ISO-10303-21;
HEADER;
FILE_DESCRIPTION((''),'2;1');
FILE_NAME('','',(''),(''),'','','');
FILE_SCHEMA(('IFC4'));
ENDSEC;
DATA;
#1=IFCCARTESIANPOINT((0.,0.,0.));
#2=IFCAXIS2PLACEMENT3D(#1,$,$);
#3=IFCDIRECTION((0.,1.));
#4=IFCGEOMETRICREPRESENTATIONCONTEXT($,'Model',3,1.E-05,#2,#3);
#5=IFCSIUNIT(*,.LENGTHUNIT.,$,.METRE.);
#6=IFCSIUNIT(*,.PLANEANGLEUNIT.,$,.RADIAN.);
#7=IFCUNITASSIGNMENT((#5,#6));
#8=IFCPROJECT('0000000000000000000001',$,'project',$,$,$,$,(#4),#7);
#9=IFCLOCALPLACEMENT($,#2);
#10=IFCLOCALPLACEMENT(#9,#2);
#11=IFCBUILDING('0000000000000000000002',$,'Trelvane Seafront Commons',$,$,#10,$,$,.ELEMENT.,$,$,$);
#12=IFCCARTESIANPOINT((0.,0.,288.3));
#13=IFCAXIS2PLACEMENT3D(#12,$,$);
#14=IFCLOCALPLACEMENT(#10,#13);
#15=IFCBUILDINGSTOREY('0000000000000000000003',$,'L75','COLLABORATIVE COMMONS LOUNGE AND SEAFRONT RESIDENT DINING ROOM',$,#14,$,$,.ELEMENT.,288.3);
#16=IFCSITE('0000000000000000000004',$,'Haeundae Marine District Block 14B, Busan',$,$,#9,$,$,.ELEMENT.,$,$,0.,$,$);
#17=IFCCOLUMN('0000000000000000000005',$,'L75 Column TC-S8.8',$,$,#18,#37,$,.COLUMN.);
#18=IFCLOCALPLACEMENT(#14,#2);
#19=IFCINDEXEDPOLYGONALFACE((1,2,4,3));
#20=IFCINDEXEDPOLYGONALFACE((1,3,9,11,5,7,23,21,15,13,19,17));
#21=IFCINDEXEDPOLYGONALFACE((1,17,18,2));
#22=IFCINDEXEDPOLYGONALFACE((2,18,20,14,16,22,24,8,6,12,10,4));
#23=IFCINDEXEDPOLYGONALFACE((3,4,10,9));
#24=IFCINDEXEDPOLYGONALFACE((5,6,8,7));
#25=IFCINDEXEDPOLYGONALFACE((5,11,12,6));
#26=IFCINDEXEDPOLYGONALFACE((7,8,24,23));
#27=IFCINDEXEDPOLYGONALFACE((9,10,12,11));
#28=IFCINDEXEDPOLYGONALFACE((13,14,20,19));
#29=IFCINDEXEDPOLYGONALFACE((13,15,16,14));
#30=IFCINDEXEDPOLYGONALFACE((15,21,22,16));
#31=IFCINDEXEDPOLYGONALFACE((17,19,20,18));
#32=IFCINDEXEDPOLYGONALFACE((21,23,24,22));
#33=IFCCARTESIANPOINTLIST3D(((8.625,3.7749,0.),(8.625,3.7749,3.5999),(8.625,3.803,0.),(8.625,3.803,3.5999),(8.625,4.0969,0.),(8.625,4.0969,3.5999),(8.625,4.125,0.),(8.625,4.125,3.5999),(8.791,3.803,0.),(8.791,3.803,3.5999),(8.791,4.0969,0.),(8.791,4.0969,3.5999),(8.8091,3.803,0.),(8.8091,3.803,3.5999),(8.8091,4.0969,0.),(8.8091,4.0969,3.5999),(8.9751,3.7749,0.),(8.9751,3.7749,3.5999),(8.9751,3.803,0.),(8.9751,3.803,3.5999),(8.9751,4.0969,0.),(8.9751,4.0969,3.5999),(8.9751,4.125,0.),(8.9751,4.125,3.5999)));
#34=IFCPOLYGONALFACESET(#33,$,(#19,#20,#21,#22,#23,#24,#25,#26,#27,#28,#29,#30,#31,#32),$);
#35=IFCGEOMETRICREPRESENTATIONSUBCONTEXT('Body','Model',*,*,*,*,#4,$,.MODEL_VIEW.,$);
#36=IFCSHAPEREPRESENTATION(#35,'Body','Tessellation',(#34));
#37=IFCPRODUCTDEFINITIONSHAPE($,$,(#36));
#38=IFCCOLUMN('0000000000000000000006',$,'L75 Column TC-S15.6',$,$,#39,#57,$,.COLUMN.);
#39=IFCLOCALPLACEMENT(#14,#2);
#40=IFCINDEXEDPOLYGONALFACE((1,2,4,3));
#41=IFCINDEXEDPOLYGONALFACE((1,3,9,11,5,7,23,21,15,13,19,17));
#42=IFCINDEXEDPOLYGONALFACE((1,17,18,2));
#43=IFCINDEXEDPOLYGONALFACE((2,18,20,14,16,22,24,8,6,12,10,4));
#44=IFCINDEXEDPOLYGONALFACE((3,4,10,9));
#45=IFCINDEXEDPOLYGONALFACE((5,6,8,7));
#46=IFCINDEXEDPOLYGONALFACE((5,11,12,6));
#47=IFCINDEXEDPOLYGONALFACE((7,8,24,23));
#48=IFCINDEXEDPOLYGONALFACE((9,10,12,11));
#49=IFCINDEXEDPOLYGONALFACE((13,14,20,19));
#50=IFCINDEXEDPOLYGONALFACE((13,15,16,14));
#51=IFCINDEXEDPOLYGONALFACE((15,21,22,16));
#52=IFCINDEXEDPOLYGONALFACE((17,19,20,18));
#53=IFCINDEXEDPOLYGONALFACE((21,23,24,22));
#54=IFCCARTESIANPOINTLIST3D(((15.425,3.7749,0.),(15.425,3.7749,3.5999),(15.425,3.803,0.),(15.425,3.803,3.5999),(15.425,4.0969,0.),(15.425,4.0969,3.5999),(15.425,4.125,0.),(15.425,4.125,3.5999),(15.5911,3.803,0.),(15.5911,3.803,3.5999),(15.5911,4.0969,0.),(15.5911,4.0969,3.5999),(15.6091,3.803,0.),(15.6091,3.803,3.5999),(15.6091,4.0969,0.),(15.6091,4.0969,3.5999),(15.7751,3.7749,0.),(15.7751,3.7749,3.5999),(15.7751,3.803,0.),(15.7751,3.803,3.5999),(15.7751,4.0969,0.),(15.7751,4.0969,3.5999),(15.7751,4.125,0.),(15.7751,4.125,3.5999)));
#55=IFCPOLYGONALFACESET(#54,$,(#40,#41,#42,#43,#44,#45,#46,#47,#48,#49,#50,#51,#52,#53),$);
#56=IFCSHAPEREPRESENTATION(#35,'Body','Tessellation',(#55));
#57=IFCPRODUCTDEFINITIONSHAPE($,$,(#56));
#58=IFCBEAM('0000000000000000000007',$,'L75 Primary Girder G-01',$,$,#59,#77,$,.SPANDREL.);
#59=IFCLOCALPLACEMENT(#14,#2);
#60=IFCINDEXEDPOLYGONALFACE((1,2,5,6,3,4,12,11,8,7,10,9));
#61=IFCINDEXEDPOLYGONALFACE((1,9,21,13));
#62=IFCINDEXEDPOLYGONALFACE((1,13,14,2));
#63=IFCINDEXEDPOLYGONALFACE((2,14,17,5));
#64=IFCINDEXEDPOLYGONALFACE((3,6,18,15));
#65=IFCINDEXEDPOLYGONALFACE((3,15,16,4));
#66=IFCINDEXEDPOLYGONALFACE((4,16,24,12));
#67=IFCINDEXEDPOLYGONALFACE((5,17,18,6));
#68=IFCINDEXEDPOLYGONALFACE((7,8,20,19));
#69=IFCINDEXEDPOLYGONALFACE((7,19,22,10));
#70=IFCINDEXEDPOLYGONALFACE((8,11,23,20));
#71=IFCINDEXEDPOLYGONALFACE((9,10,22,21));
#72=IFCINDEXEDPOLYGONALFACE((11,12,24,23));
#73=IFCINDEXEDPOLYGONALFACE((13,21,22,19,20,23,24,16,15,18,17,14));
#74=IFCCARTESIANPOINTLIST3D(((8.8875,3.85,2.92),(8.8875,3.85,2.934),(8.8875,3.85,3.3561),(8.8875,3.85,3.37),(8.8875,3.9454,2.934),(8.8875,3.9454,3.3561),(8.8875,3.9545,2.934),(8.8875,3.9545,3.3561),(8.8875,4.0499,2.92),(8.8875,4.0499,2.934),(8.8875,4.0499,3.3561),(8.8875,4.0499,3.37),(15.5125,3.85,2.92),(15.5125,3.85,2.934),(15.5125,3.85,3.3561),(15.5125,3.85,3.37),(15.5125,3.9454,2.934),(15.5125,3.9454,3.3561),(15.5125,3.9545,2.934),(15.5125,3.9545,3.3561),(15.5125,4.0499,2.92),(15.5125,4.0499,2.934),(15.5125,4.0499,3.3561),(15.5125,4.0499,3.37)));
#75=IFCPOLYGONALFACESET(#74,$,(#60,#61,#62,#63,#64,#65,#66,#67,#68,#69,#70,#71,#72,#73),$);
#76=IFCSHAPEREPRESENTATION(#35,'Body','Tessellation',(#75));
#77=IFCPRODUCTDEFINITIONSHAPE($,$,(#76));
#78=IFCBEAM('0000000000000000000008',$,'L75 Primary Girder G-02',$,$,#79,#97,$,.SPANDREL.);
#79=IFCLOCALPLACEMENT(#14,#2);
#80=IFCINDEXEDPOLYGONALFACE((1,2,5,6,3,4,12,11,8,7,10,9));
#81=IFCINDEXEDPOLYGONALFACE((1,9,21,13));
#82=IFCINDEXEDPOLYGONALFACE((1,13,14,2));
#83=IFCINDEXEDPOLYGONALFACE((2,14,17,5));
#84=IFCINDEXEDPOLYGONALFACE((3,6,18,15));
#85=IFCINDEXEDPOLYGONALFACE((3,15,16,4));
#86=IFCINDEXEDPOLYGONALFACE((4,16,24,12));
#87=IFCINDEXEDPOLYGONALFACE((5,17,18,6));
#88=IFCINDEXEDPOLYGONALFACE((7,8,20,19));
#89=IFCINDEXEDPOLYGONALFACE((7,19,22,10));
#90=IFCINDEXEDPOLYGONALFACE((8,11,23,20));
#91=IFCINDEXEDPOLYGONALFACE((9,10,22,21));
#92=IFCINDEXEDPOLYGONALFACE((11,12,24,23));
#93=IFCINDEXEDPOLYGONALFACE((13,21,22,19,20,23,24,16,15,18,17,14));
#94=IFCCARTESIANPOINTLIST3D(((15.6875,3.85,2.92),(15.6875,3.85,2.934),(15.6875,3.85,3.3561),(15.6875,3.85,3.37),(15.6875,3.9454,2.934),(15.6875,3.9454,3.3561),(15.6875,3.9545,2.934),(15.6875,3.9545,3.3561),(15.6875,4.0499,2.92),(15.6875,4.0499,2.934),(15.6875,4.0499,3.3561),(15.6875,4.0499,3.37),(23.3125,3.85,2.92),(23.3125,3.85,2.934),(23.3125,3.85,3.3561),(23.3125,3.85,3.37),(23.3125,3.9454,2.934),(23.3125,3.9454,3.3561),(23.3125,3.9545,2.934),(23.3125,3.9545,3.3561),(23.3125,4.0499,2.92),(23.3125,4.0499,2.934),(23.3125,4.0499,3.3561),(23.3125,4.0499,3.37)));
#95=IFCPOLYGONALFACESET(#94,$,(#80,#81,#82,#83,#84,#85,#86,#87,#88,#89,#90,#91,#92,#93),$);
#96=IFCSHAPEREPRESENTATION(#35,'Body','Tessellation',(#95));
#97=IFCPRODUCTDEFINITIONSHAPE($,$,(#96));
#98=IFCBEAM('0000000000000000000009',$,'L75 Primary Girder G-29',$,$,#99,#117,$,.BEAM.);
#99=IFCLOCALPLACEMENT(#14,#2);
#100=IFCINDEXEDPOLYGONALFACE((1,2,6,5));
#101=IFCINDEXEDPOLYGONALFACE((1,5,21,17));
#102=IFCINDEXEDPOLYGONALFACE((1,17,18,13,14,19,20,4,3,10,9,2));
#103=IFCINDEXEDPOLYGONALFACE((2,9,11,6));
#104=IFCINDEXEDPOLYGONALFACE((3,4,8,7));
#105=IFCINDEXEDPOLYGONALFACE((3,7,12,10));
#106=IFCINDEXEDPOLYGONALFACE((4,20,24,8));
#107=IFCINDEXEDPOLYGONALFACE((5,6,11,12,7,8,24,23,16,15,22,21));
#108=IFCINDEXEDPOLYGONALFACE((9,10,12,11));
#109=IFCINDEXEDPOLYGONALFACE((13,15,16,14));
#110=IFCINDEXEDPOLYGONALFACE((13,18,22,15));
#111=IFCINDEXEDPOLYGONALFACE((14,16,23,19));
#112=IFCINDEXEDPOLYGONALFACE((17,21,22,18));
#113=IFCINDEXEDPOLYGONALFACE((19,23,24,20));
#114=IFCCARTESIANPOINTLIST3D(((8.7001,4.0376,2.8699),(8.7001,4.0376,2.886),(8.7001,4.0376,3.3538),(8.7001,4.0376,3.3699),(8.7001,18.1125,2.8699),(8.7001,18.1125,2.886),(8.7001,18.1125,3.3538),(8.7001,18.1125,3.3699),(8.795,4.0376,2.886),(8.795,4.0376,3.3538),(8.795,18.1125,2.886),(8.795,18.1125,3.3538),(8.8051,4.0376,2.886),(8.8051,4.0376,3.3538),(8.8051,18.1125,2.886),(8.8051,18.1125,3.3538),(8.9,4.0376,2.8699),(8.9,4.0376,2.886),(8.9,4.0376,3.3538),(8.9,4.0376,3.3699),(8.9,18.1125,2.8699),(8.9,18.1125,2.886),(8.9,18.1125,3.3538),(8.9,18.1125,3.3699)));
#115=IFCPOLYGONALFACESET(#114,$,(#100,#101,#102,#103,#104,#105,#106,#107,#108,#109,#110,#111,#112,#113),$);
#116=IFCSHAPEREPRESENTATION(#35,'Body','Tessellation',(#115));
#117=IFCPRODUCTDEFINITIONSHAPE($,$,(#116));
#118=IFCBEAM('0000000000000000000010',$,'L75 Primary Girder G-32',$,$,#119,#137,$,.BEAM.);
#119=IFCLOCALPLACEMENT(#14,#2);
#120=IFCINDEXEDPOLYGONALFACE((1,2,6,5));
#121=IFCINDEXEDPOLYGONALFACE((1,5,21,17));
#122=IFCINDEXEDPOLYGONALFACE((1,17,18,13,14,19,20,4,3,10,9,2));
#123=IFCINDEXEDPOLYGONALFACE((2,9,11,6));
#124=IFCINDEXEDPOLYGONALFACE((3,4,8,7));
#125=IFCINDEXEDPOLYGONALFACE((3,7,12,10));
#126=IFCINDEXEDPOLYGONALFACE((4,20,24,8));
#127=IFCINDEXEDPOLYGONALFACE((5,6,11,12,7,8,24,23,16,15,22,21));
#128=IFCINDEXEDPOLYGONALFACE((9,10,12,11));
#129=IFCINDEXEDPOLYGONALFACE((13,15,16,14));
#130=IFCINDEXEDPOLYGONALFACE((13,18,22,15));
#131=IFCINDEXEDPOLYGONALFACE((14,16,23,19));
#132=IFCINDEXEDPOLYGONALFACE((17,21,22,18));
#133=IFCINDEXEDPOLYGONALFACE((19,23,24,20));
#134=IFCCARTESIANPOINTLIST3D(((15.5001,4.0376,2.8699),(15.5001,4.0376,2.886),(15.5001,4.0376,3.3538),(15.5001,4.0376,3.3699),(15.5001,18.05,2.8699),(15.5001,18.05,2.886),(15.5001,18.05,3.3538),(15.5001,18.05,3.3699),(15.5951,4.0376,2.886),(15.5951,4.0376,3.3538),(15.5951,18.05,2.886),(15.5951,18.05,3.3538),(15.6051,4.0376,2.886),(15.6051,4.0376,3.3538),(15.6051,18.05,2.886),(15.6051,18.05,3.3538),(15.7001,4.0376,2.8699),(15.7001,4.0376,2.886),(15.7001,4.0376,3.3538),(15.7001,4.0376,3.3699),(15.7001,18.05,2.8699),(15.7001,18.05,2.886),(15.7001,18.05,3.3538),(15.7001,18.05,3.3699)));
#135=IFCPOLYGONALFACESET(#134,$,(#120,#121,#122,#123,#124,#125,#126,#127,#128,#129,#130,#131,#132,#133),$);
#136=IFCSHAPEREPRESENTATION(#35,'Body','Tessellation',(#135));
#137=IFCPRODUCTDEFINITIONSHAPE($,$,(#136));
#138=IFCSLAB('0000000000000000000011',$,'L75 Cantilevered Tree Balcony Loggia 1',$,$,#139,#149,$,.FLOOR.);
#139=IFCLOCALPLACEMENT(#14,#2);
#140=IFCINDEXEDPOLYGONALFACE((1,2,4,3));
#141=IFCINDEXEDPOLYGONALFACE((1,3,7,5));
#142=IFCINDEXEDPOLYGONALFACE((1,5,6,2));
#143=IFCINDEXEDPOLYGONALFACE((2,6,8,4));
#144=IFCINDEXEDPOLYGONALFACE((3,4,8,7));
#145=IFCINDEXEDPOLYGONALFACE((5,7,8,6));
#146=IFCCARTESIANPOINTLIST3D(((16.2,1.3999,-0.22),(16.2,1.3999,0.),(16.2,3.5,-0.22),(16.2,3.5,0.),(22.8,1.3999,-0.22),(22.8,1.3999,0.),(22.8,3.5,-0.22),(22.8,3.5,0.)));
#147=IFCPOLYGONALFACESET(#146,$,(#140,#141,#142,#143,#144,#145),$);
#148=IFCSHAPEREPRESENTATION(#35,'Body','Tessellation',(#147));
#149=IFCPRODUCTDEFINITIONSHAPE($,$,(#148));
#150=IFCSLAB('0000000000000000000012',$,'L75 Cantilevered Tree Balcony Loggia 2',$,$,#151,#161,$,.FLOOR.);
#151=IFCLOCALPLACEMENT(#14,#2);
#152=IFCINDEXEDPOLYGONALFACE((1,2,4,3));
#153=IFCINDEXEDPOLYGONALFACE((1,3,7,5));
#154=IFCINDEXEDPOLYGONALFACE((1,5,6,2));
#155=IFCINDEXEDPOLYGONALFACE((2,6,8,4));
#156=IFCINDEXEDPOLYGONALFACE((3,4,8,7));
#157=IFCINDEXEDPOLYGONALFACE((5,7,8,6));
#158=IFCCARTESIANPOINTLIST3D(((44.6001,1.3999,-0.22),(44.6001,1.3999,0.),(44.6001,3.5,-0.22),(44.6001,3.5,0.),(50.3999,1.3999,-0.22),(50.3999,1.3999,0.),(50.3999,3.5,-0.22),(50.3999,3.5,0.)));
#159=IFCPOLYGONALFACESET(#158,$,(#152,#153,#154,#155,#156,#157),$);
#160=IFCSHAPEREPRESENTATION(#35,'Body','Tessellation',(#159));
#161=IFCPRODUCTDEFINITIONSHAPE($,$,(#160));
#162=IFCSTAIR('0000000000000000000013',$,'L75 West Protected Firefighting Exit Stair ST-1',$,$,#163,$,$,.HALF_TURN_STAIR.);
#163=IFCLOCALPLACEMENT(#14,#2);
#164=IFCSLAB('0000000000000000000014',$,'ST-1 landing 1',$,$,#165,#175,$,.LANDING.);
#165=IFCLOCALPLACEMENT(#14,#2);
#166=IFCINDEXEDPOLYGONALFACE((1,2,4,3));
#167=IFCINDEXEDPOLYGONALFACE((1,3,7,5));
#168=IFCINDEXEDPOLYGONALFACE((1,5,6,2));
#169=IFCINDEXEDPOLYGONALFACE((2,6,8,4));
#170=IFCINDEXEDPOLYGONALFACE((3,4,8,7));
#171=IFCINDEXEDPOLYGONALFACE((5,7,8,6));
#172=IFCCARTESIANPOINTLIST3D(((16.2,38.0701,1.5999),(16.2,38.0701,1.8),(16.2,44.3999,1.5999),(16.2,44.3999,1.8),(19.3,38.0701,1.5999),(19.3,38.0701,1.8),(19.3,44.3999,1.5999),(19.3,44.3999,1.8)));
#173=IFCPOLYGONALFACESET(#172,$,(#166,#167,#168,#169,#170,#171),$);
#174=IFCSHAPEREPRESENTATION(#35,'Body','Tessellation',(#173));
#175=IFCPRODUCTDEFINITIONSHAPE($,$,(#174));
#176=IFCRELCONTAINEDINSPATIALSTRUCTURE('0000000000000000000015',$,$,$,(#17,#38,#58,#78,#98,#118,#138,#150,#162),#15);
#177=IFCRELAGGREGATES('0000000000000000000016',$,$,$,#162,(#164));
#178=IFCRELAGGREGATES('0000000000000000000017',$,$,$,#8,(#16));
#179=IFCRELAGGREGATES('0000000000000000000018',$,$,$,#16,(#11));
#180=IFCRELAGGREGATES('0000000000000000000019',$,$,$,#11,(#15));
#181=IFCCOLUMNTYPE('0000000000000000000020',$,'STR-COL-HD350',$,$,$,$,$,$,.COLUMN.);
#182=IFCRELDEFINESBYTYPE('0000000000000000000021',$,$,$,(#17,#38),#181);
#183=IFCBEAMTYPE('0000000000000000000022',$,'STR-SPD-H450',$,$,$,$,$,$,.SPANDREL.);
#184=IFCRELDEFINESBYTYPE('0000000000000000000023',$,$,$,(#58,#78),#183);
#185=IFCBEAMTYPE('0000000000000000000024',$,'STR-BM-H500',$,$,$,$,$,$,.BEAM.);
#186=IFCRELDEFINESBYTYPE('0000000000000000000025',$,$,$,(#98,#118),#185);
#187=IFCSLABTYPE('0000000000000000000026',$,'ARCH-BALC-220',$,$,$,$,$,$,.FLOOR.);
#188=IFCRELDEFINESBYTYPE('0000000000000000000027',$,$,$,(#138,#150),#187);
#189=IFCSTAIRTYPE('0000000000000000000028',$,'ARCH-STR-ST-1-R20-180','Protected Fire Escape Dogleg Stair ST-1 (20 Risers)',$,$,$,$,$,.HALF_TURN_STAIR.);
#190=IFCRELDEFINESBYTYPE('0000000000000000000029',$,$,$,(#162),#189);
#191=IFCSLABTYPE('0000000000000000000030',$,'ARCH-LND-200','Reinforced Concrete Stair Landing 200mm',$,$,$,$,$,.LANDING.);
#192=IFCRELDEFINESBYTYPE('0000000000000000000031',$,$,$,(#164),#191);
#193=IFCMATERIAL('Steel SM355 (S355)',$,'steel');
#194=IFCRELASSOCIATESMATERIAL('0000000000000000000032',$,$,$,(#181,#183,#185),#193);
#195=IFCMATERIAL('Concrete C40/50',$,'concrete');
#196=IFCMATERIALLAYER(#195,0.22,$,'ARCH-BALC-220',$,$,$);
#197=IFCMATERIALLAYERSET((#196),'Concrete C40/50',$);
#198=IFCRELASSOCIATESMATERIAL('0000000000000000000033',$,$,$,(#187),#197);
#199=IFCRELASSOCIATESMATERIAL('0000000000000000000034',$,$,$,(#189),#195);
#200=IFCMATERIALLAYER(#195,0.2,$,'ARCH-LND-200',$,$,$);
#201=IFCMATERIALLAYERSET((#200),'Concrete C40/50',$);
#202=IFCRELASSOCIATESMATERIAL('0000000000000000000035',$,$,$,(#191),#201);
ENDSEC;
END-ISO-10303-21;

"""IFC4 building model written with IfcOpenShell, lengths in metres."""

from ifc_helpers import new_model, si_unit, direction, frame, origin, origin_2d, place, context, subcontext, project, spatial, polyline, i_section, outline, extrude, source, transform, mapped, material, layer, layer_set, material_profile, profile_set, type_object, element, aggregate, save


model = new_model("IFC4")

# Units and contexts
model_context = context("Model", 3, precision=1e-05, world=origin(), true_north=direction((0.0, 1.0)))
body_context = subcontext(model_context, "Body", "Model", "MODEL_VIEW")
ifc_project = project(units=[si_unit("LENGTHUNIT", "METRE"), si_unit("PLANEANGLEUNIT", "RADIAN")], contexts=[model_context])

# Site, building, storey
site_placement = place(None, origin())
site = spatial("IfcSite", under=ifc_project, at=site_placement, Name="Haeundae Marine District Block 14B, Busan", CompositionType="ELEMENT", RefElevation=0.0)
building_placement = place(site_placement, origin())
building = spatial("IfcBuilding", under=site, at=building_placement, Name="Trelvane Seafront Commons", CompositionType="ELEMENT")
storey_placement = place(building_placement, frame((0.0, 0.0, 288.3)))
storey = spatial("IfcBuildingStorey", under=building, at=storey_placement, Name="L75", Description="COLLABORATIVE COMMONS LOUNGE AND SEAFRONT RESIDENT DINING ROOM", CompositionType="ELEMENT", Elevation=288.3)

# Columns
ifc_material_1 = material(Name="Steel SM355 (S355)", Category="steel")
ifc_material_profile_1 = material_profile(ifc_material_1, i_section(OverallWidth=0.3501, OverallDepth=0.3501, WebThickness=0.0181, FlangeThickness=0.0281, at=origin_2d()), Name="HD-350x350x18x28")
ifc_profile_set_1 = profile_set([ifc_material_profile_1], Name="Steel SM355 (S355)")
column_type = type_object("IfcColumnType", Name="STR-COL-HD350", PredefinedType="COLUMN", material=ifc_profile_set_1)
shared_shape_1 = source(origin(), body_context, "Body", "SweptSolid", [
    extrude(i_section(OverallWidth=0.3501, OverallDepth=0.3501, WebThickness=0.0181, FlangeThickness=0.0281, at=origin_2d()), origin(), (0.0, 0.0, 1.0), 3.5999),
])
for number, where, z_axis, x_axis, name in (
    (1, (8.8, 3.95, 0.0), (0.0, 0.0, 1.0), (1.0, 0.0, 0.0), "L75 Column TC-S8.8"),
    (2, (15.6001, 3.95, 0.0), (0.0, 0.0, 1.0), (1.0, 0.0, 0.0), "L75 Column TC-S15.6"),
):
    element("IfcColumn", number, at=place(storey_placement, frame(where, z_axis=z_axis, x_axis=x_axis)), inside=storey, type_object=column_type, Name=name, PredefinedType="COLUMN", context=body_context, shape_type="MappedRepresentation", body=[
        mapped(shared_shape_1, transform((0.0, 0.0, 0.0), x_axis=(1.0, 0.0, 0.0), y_axis=(0.0, 1.0, 0.0), z_axis=(0.0, 0.0, 1.0), scale=1.0)),
    ])

# Beams
ifc_material_profile_2 = material_profile(ifc_material_1, i_section(OverallWidth=0.2, OverallDepth=0.45, WebThickness=0.009, FlangeThickness=0.0139, at=origin_2d()), Name="H-450x200x9x14")
ifc_profile_set_2 = profile_set([ifc_material_profile_2], Name="Steel SM355 (S355)")
beam_type_1 = type_object("IfcBeamType", Name="STR-SPD-H450", PredefinedType="SPANDREL", material=ifc_profile_set_2)
shared_shape_2 = source(origin(), body_context, "Body", "SweptSolid", [
    extrude(i_section(OverallWidth=0.2, OverallDepth=0.45, WebThickness=0.009, FlangeThickness=0.0139, at=origin_2d()), origin(), (0.0, 0.0, 1.0), 6.625),
])
beam_1_placement = place(storey_placement, frame((8.8875, 3.95, 3.145), z_axis=(1.0, 0.0, 0.0), x_axis=(0.0, 1.0, 0.0)))
element("IfcBeam", 3, at=beam_1_placement, inside=storey, type_object=beam_type_1, Name="L75 Primary Girder G-01", PredefinedType="SPANDREL", context=body_context, shape_type="MappedRepresentation", body=[
    mapped(shared_shape_2, transform((0.0, 0.0, 0.0), x_axis=(1.0, 0.0, 0.0), y_axis=(0.0, 1.0, 0.0), z_axis=(0.0, 0.0, 1.0), scale=1.0)),
])
shared_shape_3 = source(origin(), body_context, "Body", "SweptSolid", [
    extrude(i_section(OverallWidth=0.2, OverallDepth=0.45, WebThickness=0.009, FlangeThickness=0.0139, at=origin_2d()), origin(), (0.0, 0.0, 1.0), 7.625),
])
beam_2_placement = place(storey_placement, frame((15.6875, 3.95, 3.145), z_axis=(1.0, 0.0, 0.0), x_axis=(0.0, 1.0, 0.0)))
element("IfcBeam", 4, at=beam_2_placement, inside=storey, type_object=beam_type_1, Name="L75 Primary Girder G-02", PredefinedType="SPANDREL", context=body_context, shape_type="MappedRepresentation", body=[
    mapped(shared_shape_3, transform((0.0, 0.0, 0.0), x_axis=(1.0, 0.0, 0.0), y_axis=(0.0, 1.0, 0.0), z_axis=(0.0, 0.0, 1.0), scale=1.0)),
])
ifc_material_profile_3 = material_profile(ifc_material_1, i_section(OverallWidth=0.2, OverallDepth=0.5, WebThickness=0.01, FlangeThickness=0.0161, at=origin_2d()), Name="H-500x200x10x16")
ifc_profile_set_3 = profile_set([ifc_material_profile_3], Name="Steel SM355 (S355)")
beam_type_2 = type_object("IfcBeamType", Name="STR-BM-H500", PredefinedType="BEAM", material=ifc_profile_set_3)
shared_shape_4 = source(origin(), body_context, "Body", "SweptSolid", [
    extrude(i_section(OverallWidth=0.2, OverallDepth=0.5, WebThickness=0.01, FlangeThickness=0.0161, at=origin_2d()), origin(), (0.0, 0.0, 1.0), 14.075),
])
beam_3_placement = place(storey_placement, frame((8.8, 4.0376, 3.1199), z_axis=(0.0, 1.0, 0.0), x_axis=(-1.0, 0.0, 0.0)))
element("IfcBeam", 5, at=beam_3_placement, inside=storey, type_object=beam_type_2, Name="L75 Primary Girder G-29", PredefinedType="BEAM", context=body_context, shape_type="MappedRepresentation", body=[
    mapped(shared_shape_4, transform((0.0, 0.0, 0.0), x_axis=(1.0, 0.0, 0.0), y_axis=(0.0, 1.0, 0.0), z_axis=(0.0, 0.0, 1.0), scale=1.0)),
])
shared_shape_5 = source(origin(), body_context, "Body", "SweptSolid", [
    extrude(i_section(OverallWidth=0.2, OverallDepth=0.5, WebThickness=0.01, FlangeThickness=0.0161, at=origin_2d()), origin(), (0.0, 0.0, 1.0), 14.0125),
])
beam_4_placement = place(storey_placement, frame((15.6001, 4.0376, 3.1199), z_axis=(0.0, 1.0, 0.0), x_axis=(-1.0, 0.0, 0.0)))
element("IfcBeam", 6, at=beam_4_placement, inside=storey, type_object=beam_type_2, Name="L75 Primary Girder G-32", PredefinedType="BEAM", context=body_context, shape_type="MappedRepresentation", body=[
    mapped(shared_shape_5, transform((0.0, 0.0, 0.0), x_axis=(1.0, 0.0, 0.0), y_axis=(0.0, 1.0, 0.0), z_axis=(0.0, 0.0, 1.0), scale=1.0)),
])

# Slabs
ifc_material_2 = material(Name="Concrete C40/50", Category="concrete")
ifc_layer_1 = layer(ifc_material_2, 0.22, Name="ARCH-BALC-220")
ifc_layer_set_1 = layer_set([ifc_layer_1], Name="Concrete C40/50")
slab_type_1 = type_object("IfcSlabType", Name="ARCH-BALC-220", PredefinedType="FLOOR", material=ifc_layer_set_1)
slab_1_placement = place(storey_placement, frame((0.0, 0.0, -0.22)))
element("IfcSlab", 7, at=slab_1_placement, inside=storey, type_object=slab_type_1, Name="L75 Cantilevered Tree Balcony Loggia 1", PredefinedType="FLOOR", context=body_context, shape_type="SweptSolid", body=[
    extrude(outline(polyline([(16.2, 1.3999), (22.8, 1.3999), (22.8, 3.5), (16.2, 3.5), (16.2, 1.3999)])), origin(), (0.0, 0.0, 1.0), 0.22),
])
slab_2_placement = place(storey_placement, frame((0.0, 0.0, -0.22)))
element("IfcSlab", 8, at=slab_2_placement, inside=storey, type_object=slab_type_1, Name="L75 Cantilevered Tree Balcony Loggia 2", PredefinedType="FLOOR", context=body_context, shape_type="SweptSolid", body=[
    extrude(outline(polyline([(44.6001, 1.3999), (50.3999, 1.3999), (50.3999, 3.5), (44.6001, 3.5), (44.6001, 1.3999)])), origin(), (0.0, 0.0, 1.0), 0.22),
])

# Stair, slab
stair_type_1 = type_object("IfcStairType", Name="ARCH-STR-ST-1-R20-180", Description="Protected Fire Escape Dogleg Stair ST-1 (20 Risers)", PredefinedType="HALF_TURN_STAIR", material=ifc_material_2)
stair_1_placement = place(storey_placement, origin())
stair_1 = element("IfcStair", 9, at=stair_1_placement, inside=storey, type_object=stair_type_1, Name="L75 West Protected Firefighting Exit Stair ST-1", PredefinedType="HALF_TURN_STAIR")
ifc_layer_2 = layer(ifc_material_2, 0.2, Name="ARCH-LND-200")
ifc_layer_set_2 = layer_set([ifc_layer_2], Name="Concrete C40/50")
slab_type_2 = type_object("IfcSlabType", Name="ARCH-LND-200", Description="Reinforced Concrete Stair Landing 200mm", PredefinedType="LANDING", material=ifc_layer_set_2)
slab_3_placement = place(storey_placement, frame((0.0, 0.0, 1.5999)))
slab_3 = element("IfcSlab", 10, at=slab_3_placement, type_object=slab_type_2, Name="ST-1 landing 1", PredefinedType="LANDING", context=body_context, shape_type="SweptSolid", body=[
    extrude(outline(polyline([(19.3, 38.0701), (19.3, 44.3999), (16.2, 44.3999), (16.2, 38.0701), (19.3, 38.0701)])), origin(), (0.0, 0.0, 1.0), 0.2002),
])
aggregate(stair_1, [slab_3])

save(model, "model.ifc")
